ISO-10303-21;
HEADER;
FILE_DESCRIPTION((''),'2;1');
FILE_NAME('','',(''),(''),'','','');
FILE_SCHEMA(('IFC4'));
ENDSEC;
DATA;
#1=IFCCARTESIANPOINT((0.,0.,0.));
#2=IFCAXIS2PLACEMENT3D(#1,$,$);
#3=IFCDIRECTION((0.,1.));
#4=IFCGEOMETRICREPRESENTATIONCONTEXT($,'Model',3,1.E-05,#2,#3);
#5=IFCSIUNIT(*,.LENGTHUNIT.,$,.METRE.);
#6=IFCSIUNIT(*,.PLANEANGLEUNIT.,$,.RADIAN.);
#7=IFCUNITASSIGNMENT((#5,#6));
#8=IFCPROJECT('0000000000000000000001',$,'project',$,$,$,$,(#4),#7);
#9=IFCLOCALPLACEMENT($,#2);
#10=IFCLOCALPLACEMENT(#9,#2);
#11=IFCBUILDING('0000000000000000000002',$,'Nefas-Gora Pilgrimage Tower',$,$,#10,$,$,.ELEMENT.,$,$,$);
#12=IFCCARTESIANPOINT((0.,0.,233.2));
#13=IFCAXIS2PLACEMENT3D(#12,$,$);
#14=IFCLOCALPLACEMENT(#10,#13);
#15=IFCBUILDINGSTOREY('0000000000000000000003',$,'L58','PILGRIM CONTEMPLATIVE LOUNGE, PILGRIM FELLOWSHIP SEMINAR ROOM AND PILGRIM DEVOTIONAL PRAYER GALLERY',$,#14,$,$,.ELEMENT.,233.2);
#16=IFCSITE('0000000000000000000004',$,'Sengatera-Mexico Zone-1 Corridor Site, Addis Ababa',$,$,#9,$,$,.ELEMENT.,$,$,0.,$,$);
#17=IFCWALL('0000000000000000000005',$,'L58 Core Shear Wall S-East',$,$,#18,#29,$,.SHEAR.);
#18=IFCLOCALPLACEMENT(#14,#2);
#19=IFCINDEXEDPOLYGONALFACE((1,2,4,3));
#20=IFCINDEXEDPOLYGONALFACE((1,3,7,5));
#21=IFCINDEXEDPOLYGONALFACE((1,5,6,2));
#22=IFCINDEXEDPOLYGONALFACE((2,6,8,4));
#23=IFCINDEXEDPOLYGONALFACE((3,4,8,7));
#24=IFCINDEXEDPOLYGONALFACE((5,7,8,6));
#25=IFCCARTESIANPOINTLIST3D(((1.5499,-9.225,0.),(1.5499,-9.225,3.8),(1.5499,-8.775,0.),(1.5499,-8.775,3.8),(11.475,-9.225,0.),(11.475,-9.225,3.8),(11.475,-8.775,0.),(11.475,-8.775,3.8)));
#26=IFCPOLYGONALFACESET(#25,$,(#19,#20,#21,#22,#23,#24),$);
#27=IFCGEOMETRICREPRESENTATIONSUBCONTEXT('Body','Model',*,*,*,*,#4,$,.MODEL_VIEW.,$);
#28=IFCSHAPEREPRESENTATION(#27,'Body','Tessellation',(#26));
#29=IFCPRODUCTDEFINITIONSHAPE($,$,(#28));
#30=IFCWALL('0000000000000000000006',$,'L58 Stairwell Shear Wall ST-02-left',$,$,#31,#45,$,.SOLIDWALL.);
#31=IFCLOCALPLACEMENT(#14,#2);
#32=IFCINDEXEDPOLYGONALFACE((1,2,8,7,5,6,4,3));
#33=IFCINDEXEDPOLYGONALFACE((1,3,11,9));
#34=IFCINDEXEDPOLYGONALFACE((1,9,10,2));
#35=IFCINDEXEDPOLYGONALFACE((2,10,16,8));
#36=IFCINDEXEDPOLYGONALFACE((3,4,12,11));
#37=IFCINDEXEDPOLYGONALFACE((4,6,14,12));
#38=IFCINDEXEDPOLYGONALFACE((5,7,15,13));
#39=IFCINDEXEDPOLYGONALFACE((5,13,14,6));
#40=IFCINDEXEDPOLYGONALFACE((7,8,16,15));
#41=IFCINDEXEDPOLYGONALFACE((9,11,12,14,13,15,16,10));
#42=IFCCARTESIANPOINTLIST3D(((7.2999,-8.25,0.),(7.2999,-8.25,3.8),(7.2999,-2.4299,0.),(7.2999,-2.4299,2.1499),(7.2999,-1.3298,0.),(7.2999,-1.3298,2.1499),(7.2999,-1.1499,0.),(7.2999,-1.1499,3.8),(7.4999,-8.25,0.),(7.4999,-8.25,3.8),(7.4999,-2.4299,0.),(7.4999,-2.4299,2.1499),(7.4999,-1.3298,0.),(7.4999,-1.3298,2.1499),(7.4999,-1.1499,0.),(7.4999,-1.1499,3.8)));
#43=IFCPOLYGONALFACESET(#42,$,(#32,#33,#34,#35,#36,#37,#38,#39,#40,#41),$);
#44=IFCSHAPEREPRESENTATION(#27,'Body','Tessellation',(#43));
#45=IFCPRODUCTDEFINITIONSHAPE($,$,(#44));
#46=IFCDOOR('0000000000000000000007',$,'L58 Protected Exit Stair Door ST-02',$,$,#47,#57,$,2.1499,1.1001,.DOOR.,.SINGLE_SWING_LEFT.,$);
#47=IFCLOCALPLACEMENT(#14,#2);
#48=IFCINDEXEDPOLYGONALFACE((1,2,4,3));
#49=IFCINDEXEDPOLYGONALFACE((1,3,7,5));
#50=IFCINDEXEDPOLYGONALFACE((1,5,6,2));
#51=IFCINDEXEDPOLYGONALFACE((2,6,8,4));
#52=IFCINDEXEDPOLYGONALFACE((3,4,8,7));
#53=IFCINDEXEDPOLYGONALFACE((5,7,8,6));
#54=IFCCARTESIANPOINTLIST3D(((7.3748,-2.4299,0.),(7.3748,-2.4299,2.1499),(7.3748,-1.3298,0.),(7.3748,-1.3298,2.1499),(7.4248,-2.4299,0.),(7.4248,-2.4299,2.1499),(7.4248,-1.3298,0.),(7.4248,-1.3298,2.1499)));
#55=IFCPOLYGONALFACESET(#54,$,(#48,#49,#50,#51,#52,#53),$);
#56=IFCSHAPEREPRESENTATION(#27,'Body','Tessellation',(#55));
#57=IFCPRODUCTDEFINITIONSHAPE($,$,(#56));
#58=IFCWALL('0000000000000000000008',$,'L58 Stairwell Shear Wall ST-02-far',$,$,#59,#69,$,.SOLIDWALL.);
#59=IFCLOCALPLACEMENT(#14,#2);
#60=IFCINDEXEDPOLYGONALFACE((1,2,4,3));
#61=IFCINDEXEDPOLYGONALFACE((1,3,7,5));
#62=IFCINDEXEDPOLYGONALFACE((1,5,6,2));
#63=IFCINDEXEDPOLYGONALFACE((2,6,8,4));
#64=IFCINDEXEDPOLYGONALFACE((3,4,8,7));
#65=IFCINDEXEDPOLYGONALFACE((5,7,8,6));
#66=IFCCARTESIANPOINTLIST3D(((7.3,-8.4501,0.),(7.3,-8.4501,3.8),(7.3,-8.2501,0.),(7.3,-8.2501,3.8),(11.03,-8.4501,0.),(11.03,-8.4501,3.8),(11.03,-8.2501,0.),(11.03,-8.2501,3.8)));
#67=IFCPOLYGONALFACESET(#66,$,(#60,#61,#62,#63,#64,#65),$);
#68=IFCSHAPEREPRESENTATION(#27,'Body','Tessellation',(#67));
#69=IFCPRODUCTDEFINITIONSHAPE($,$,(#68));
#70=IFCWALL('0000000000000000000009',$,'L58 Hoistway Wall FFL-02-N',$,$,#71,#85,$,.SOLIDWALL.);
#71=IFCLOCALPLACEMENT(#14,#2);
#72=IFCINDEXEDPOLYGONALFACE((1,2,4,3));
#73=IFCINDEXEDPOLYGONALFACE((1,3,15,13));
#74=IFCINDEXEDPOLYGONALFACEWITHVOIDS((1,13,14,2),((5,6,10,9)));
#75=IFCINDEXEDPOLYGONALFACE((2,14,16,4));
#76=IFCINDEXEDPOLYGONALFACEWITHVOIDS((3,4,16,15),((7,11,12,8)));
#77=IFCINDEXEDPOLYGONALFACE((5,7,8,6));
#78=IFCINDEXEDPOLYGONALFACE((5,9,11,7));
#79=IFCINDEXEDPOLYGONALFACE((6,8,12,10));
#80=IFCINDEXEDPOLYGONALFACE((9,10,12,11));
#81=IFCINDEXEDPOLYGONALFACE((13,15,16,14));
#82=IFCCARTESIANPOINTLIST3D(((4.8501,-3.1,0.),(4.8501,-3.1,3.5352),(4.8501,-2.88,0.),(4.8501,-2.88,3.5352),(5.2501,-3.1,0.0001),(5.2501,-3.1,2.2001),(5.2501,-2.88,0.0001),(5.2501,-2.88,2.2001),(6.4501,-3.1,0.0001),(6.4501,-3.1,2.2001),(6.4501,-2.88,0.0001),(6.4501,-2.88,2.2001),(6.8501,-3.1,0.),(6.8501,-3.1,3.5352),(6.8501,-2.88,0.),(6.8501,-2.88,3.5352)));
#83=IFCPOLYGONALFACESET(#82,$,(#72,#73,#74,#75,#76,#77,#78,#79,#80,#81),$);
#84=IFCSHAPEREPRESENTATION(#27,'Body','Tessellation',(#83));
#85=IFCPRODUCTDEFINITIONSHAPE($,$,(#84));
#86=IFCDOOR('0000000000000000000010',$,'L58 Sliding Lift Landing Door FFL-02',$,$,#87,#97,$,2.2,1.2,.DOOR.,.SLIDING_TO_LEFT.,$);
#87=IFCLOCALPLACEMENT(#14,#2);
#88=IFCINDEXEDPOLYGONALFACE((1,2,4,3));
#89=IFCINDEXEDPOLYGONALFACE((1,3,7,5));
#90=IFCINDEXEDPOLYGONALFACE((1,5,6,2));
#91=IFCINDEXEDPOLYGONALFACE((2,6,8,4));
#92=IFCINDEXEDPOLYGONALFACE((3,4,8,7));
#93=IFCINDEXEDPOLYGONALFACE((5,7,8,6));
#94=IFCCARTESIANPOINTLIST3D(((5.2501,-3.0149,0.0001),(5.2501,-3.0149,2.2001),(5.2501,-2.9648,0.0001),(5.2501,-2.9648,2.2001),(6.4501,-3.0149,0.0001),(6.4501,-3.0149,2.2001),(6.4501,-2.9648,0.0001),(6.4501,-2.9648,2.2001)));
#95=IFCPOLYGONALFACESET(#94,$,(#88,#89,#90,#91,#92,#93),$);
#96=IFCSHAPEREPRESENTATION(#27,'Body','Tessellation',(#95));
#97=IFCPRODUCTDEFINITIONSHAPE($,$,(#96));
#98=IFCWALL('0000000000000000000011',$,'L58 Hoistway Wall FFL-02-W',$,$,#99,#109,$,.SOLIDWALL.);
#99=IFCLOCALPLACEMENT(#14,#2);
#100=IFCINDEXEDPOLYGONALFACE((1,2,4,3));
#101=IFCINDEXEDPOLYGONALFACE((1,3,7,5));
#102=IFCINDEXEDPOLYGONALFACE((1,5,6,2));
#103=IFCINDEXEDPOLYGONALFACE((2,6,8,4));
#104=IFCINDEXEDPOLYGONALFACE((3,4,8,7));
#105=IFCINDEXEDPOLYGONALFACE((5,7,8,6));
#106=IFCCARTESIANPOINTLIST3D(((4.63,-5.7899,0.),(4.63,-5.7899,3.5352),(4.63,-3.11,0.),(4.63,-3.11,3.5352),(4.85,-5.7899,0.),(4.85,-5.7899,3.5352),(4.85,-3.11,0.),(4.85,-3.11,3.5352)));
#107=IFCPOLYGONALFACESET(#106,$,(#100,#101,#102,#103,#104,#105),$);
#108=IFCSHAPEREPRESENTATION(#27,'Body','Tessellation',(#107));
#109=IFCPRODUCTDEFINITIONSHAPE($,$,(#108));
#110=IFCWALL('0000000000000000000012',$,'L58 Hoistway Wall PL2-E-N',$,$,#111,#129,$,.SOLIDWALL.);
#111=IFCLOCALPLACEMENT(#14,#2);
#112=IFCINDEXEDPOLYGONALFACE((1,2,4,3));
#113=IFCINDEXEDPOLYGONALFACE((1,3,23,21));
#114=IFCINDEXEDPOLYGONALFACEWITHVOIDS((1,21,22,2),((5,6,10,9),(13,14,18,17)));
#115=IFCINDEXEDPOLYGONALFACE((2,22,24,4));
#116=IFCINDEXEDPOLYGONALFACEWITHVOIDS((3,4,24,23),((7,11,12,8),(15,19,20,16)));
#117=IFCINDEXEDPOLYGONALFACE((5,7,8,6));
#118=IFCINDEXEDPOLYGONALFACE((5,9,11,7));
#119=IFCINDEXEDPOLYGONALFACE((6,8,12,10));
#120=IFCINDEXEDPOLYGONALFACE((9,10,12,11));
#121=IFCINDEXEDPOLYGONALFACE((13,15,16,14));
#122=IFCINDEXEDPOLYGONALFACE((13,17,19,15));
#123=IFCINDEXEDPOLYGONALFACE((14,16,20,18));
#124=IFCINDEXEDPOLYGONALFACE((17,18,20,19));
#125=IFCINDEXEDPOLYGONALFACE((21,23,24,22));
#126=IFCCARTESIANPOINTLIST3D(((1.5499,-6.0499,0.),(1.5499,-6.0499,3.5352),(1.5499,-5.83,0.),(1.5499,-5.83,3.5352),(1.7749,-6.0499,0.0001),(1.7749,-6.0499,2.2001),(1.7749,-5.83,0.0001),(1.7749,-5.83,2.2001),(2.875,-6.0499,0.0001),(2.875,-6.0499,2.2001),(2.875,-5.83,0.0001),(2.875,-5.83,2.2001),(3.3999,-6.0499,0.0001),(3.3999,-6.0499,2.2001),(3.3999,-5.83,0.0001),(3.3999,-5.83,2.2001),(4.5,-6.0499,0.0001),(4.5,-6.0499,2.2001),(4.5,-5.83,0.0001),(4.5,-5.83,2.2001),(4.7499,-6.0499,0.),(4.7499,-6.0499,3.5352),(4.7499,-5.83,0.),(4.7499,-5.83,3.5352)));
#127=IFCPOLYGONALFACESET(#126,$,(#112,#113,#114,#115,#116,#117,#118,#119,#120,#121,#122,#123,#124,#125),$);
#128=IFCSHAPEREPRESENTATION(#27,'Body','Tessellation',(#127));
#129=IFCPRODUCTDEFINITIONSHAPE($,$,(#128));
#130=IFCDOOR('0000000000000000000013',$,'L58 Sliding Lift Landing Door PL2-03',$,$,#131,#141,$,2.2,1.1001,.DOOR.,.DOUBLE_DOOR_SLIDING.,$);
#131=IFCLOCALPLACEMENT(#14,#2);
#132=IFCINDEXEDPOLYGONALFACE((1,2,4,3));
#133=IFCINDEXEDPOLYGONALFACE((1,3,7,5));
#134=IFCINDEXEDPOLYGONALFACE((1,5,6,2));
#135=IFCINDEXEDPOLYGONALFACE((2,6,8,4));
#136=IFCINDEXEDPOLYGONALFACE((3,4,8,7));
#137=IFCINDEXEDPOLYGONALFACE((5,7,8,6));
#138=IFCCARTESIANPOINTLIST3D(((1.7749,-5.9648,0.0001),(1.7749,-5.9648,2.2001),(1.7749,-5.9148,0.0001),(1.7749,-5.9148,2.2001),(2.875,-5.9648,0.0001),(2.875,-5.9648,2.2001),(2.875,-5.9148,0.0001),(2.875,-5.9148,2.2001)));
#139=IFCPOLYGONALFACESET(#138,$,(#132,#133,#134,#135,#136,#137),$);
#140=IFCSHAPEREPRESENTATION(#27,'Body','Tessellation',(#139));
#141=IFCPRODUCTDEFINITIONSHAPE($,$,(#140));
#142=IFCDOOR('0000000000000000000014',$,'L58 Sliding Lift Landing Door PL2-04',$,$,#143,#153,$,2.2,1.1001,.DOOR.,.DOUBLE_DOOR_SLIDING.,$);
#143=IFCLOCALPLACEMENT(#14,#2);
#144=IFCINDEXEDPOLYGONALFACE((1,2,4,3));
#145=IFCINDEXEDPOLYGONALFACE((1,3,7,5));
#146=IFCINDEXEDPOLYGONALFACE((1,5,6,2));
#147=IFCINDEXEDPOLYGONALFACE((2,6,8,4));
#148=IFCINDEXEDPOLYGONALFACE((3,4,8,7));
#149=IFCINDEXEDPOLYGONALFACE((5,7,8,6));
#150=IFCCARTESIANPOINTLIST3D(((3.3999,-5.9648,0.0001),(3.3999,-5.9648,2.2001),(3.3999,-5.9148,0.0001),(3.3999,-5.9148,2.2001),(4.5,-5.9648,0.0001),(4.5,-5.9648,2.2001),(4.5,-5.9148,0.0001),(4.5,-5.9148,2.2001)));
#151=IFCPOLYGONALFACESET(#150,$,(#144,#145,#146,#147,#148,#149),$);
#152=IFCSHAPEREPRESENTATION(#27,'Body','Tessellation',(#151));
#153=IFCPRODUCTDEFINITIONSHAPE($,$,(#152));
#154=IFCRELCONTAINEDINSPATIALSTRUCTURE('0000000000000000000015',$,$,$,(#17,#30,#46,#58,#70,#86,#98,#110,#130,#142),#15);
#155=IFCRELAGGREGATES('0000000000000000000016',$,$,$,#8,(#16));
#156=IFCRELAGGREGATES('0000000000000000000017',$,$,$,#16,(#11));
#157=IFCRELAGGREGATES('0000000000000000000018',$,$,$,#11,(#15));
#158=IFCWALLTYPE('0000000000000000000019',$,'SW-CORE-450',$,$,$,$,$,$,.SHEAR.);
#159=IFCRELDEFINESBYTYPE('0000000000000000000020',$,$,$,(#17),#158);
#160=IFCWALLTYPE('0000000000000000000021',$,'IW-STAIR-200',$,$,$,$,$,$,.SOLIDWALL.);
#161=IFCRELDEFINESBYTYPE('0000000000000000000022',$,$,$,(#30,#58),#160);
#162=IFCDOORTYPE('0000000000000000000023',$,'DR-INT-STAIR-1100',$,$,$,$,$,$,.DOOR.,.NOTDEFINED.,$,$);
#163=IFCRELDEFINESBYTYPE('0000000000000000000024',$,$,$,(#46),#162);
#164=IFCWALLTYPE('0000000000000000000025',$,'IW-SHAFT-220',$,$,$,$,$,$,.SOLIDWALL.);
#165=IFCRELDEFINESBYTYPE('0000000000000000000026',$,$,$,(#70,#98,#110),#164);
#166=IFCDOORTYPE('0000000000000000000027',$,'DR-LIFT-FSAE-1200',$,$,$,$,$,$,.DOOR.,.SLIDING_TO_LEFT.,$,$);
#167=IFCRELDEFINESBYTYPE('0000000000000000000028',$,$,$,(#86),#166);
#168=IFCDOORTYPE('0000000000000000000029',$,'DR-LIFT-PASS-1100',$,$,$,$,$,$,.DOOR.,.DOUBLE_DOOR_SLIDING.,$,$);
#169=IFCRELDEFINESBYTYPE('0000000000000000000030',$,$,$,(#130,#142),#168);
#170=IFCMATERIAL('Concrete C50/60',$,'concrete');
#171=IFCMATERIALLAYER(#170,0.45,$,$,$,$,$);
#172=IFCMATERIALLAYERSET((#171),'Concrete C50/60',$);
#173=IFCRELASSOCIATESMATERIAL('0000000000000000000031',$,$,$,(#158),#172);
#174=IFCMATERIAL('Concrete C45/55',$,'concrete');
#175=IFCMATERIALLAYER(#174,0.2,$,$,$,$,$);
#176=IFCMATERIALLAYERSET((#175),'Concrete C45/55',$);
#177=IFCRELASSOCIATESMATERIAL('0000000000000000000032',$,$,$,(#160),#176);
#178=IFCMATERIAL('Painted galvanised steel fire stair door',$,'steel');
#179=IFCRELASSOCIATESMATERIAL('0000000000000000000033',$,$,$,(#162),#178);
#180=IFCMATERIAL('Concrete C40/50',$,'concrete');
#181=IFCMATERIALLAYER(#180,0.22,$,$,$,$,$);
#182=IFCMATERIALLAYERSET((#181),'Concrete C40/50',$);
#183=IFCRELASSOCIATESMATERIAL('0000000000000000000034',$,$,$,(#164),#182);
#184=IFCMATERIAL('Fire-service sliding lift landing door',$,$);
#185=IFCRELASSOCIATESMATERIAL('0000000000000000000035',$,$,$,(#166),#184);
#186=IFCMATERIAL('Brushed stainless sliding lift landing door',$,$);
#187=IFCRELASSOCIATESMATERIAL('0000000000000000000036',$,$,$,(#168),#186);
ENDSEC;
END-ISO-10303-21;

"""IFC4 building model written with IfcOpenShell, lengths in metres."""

from ifc_helpers import new_model, si_unit, direction, frame, frame_2d, origin, place, context, subcontext, project, spatial, rectangle, extrude, source, transform, mapped, material, layer, layer_set, type_object, element, fill, save


model = new_model("IFC4")

# Units and contexts
model_context = context("Model", 3, precision=1e-05, world=origin(), true_north=direction((0.0, 1.0)))
body_context = subcontext(model_context, "Body", "Model", "MODEL_VIEW")
ifc_project = project(units=[si_unit("LENGTHUNIT", "METRE"), si_unit("PLANEANGLEUNIT", "RADIAN")], contexts=[model_context])

# Site, building, storey
site_placement = place(None, origin())
site = spatial("IfcSite", under=ifc_project, at=site_placement, Name="Sengatera-Mexico Zone-1 Corridor Site, Addis Ababa", CompositionType="ELEMENT", RefElevation=0.0)
building_placement = place(site_placement, origin())
building = spatial("IfcBuilding", under=site, at=building_placement, Name="Nefas-Gora Pilgrimage Tower", CompositionType="ELEMENT")
storey_placement = place(building_placement, frame((0.0, 0.0, 233.2)))
storey = spatial("IfcBuildingStorey", under=building, at=storey_placement, Name="L58", Description="PILGRIM CONTEMPLATIVE LOUNGE, PILGRIM FELLOWSHIP SEMINAR ROOM AND PILGRIM DEVOTIONAL PRAYER GALLERY", CompositionType="ELEMENT", Elevation=233.2)

# Wall
ifc_material_1 = material(Name="Concrete C50/60", Category="concrete")
ifc_layer_1 = layer(ifc_material_1, 0.45)
ifc_layer_set_1 = layer_set([ifc_layer_1], Name="Concrete C50/60")
wall_type_1 = type_object("IfcWallType", Name="SW-CORE-450", PredefinedType="SHEAR", material=ifc_layer_set_1)
shared_shape_1 = source(origin(), body_context, "Body", "SweptSolid", [
    extrude(rectangle(XDim=9.925, YDim=0.45, at=frame_2d((4.9624, 0.0))), origin(), (0.0, 0.0, 1.0), 3.8),
])
wall_1_placement = place(storey_placement, frame((1.55, -9.0, 0.0), z_axis=(0.0, 0.0, 1.0), x_axis=(1.0, 0.0, 0.0)))
element("IfcWall", 1, at=wall_1_placement, inside=storey, type_object=wall_type_1, Name="L58 Core Shear Wall S-East", PredefinedType="SHEAR", context=body_context, shape_type="MappedRepresentation", body=[
    mapped(shared_shape_1, transform((0.0, 0.0, 0.0), x_axis=(1.0, 0.0, 0.0), y_axis=(0.0, 1.0, 0.0), z_axis=(0.0, 0.0, 1.0), scale=1.0)),
])

# Wall, opening, door
ifc_material_2 = material(Name="Concrete C45/55", Category="concrete")
ifc_layer_2 = layer(ifc_material_2, 0.2)
ifc_layer_set_2 = layer_set([ifc_layer_2], Name="Concrete C45/55")
wall_type_2 = type_object("IfcWallType", Name="IW-STAIR-200", PredefinedType="SOLIDWALL", material=ifc_layer_set_2)
shared_shape_2 = source(origin(), body_context, "Body", "SweptSolid", [
    extrude(rectangle(XDim=7.1001, YDim=0.2, at=frame_2d((3.55, 0.0))), origin(), (0.0, 0.0, 1.0), 3.8),
])
wall_2_placement = place(storey_placement, frame((7.3999, -1.1499, 0.0), z_axis=(0.0, 0.0, 1.0), x_axis=(0.0, -1.0, 0.0)))
wall_2 = element("IfcWall", 2, at=wall_2_placement, inside=storey, type_object=wall_type_2, Name="L58 Stairwell Shear Wall ST-02-left", PredefinedType="SOLIDWALL", context=body_context, shape_type="MappedRepresentation", body=[
    mapped(shared_shape_2, transform((0.0, 0.0, 0.0), x_axis=(1.0, 0.0, 0.0), y_axis=(0.0, 1.0, 0.0), z_axis=(0.0, 0.0, 1.0), scale=1.0)),
])
opening_1_placement = place(wall_2_placement, frame((0.1799, 0.0, 0.0)))
opening_1 = element("IfcOpeningElement", 3, at=opening_1_placement, cuts=wall_2, PredefinedType="OPENING", context=body_context, shape_type="SweptSolid", body=[
    extrude(rectangle(XDim=1.1001, YDim=2.1499, at=frame_2d((0.55, 1.075))), frame((0.0, 0.1099, 0.0), z_axis=(0.0, -1.0, 0.0), x_axis=(1.0, 0.0, 0.0)), (0.0, 0.0, 1.0), 0.22),
])
ifc_material_3 = material(Name="Painted galvanised steel fire stair door", Category="steel")
door_type_1 = type_object("IfcDoorType", Name="DR-INT-STAIR-1100", OperationType="NOTDEFINED", PredefinedType="DOOR", material=ifc_material_3)
shared_shape_3 = source(origin(), body_context, "Body", "SweptSolid", [
    extrude(rectangle(XDim=1.1001, YDim=2.1499, at=frame_2d((0.55, 1.075))), frame((0.0, 0.0249, 0.0), z_axis=(0.0, -1.0, 0.0), x_axis=(1.0, 0.0, 0.0)), (0.0, 0.0, 1.0), 0.05),
])
door_1_placement = place(opening_1_placement, origin())
door_1 = element("IfcDoor", 4, at=door_1_placement, inside=storey, type_object=door_type_1, Name="L58 Protected Exit Stair Door ST-02", OperationType="SINGLE_SWING_LEFT", OverallHeight=2.1499, OverallWidth=1.1001, PredefinedType="DOOR", context=body_context, shape_type="MappedRepresentation", body=[
    mapped(shared_shape_3, transform((0.0, 0.0, 0.0), x_axis=(1.0, 0.0, 0.0), y_axis=(0.0, 1.0, 0.0), z_axis=(0.0, 0.0, 1.0), scale=1.0)),
])
fill(opening_1, door_1)

# Wall
shared_shape_4 = source(origin(), body_context, "Body", "SweptSolid", [
    extrude(rectangle(XDim=3.73, YDim=0.2, at=frame_2d((1.865, 0.0))), origin(), (0.0, 0.0, 1.0), 3.8),
])
wall_3_placement = place(storey_placement, frame((7.3, -8.3501, 0.0), z_axis=(0.0, 0.0, 1.0), x_axis=(1.0, 0.0, 0.0)))
element("IfcWall", 5, at=wall_3_placement, inside=storey, type_object=wall_type_2, Name="L58 Stairwell Shear Wall ST-02-far", PredefinedType="SOLIDWALL", context=body_context, shape_type="MappedRepresentation", body=[
    mapped(shared_shape_4, transform((0.0, 0.0, 0.0), x_axis=(1.0, 0.0, 0.0), y_axis=(0.0, 1.0, 0.0), z_axis=(0.0, 0.0, 1.0), scale=1.0)),
])

# Wall, opening, door
ifc_material_4 = material(Name="Concrete C40/50", Category="concrete")
ifc_layer_3 = layer(ifc_material_4, 0.22)
ifc_layer_set_3 = layer_set([ifc_layer_3], Name="Concrete C40/50")
wall_type_3 = type_object("IfcWallType", Name="IW-SHAFT-220", PredefinedType="SOLIDWALL", material=ifc_layer_set_3)
shared_shape_5 = source(origin(), body_context, "Body", "SweptSolid", [
    extrude(rectangle(XDim=2.0, YDim=0.22, at=frame_2d((1.0, 0.0))), origin(), (0.0, 0.0, 1.0), 3.5352),
])
wall_4_placement = place(storey_placement, frame((6.8501, -2.99, 0.0), z_axis=(0.0, 0.0, 1.0), x_axis=(-1.0, 0.0, 0.0)))
wall_4 = element("IfcWall", 6, at=wall_4_placement, inside=storey, type_object=wall_type_3, Name="L58 Hoistway Wall FFL-02-N", PredefinedType="SOLIDWALL", context=body_context, shape_type="MappedRepresentation", body=[
    mapped(shared_shape_5, transform((0.0, 0.0, 0.0), x_axis=(1.0, 0.0, 0.0), y_axis=(0.0, 1.0, 0.0), z_axis=(0.0, 0.0, 1.0), scale=1.0)),
])
opening_2_placement = place(wall_4_placement, frame((0.3999, 0.0, 0.0)))
opening_2 = element("IfcOpeningElement", 7, at=opening_2_placement, cuts=wall_4, PredefinedType="OPENING", context=body_context, shape_type="SweptSolid", body=[
    extrude(rectangle(XDim=1.2, YDim=2.2, at=frame_2d((0.6001, 1.1001))), frame((0.0, 0.1199, 0.0), z_axis=(0.0, -1.0, 0.0), x_axis=(1.0, 0.0, 0.0)), (0.0, 0.0, 1.0), 0.24),
])
ifc_material_5 = material(Name="Fire-service sliding lift landing door")
door_type_2 = type_object("IfcDoorType", Name="DR-LIFT-FSAE-1200", OperationType="SLIDING_TO_LEFT", PredefinedType="DOOR", material=ifc_material_5)
shared_shape_6 = source(origin(), body_context, "Body", "SweptSolid", [
    extrude(rectangle(XDim=1.2, YDim=2.2, at=frame_2d((0.6001, 1.1001))), frame((0.0, 0.0249, 0.0), z_axis=(0.0, -1.0, 0.0), x_axis=(1.0, 0.0, 0.0)), (0.0, 0.0, 1.0), 0.05),
])
door_2_placement = place(opening_2_placement, origin())
door_2 = element("IfcDoor", 8, at=door_2_placement, inside=storey, type_object=door_type_2, Name="L58 Sliding Lift Landing Door FFL-02", OperationType="SLIDING_TO_LEFT", OverallHeight=2.2, OverallWidth=1.2, PredefinedType="DOOR", context=body_context, shape_type="MappedRepresentation", body=[
    mapped(shared_shape_6, transform((0.0, 0.0, 0.0), x_axis=(1.0, 0.0, 0.0), y_axis=(0.0, 1.0, 0.0), z_axis=(0.0, 0.0, 1.0), scale=1.0)),
])
fill(opening_2, door_2)

# Wall
shared_shape_7 = source(origin(), body_context, "Body", "SweptSolid", [
    extrude(rectangle(XDim=2.6799, YDim=0.22, at=frame_2d((1.3398, 0.0))), origin(), (0.0, 0.0, 1.0), 3.5352),
])
wall_5_placement = place(storey_placement, frame((4.74, -3.1101, 0.0), z_axis=(0.0, 0.0, 1.0), x_axis=(0.0, -1.0, 0.0)))
element("IfcWall", 9, at=wall_5_placement, inside=storey, type_object=wall_type_3, Name="L58 Hoistway Wall FFL-02-W", PredefinedType="SOLIDWALL", context=body_context, shape_type="MappedRepresentation", body=[
    mapped(shared_shape_7, transform((0.0, 0.0, 0.0), x_axis=(1.0, 0.0, 0.0), y_axis=(0.0, 1.0, 0.0), z_axis=(0.0, 0.0, 1.0), scale=1.0)),
])

# Wall, openings, doors
shared_shape_8 = source(origin(), body_context, "Body", "SweptSolid", [
    extrude(rectangle(XDim=3.2, YDim=0.22, at=frame_2d((1.6001, 0.0))), origin(), (0.0, 0.0, 1.0), 3.5352),
])
wall_6_placement = place(storey_placement, frame((4.75, -5.9399, 0.0), z_axis=(0.0, 0.0, 1.0), x_axis=(-1.0, 0.0, 0.0)))
wall_6 = element("IfcWall", 10, at=wall_6_placement, inside=storey, type_object=wall_type_3, Name="L58 Hoistway Wall PL2-E-N", PredefinedType="SOLIDWALL", context=body_context, shape_type="MappedRepresentation", body=[
    mapped(shared_shape_8, transform((0.0, 0.0, 0.0), x_axis=(1.0, 0.0, 0.0), y_axis=(0.0, 1.0, 0.0), z_axis=(0.0, 0.0, 1.0), scale=1.0)),
])
opening_3_placement = place(wall_6_placement, frame((1.875, 0.0, 0.0)))
opening_3 = element("IfcOpeningElement", 11, at=opening_3_placement, cuts=wall_6, PredefinedType="OPENING", context=body_context, shape_type="SweptSolid", body=[
    extrude(rectangle(XDim=1.1001, YDim=2.2, at=frame_2d((0.55, 1.1001))), frame((0.0, 0.1199, 0.0), z_axis=(0.0, -1.0, 0.0), x_axis=(1.0, 0.0, 0.0)), (0.0, 0.0, 1.0), 0.24),
])
opening_4_placement = place(wall_6_placement, frame((0.25, 0.0, 0.0)))
opening_4 = element("IfcOpeningElement", 12, at=opening_4_placement, cuts=wall_6, PredefinedType="OPENING", context=body_context, shape_type="SweptSolid", body=[
    extrude(rectangle(XDim=1.1001, YDim=2.2, at=frame_2d((0.55, 1.1001))), frame((0.0, 0.1199, 0.0), z_axis=(0.0, -1.0, 0.0), x_axis=(1.0, 0.0, 0.0)), (0.0, 0.0, 1.0), 0.24),
])
ifc_material_6 = material(Name="Brushed stainless sliding lift landing door")
door_type_3 = type_object("IfcDoorType", Name="DR-LIFT-PASS-1100", OperationType="DOUBLE_DOOR_SLIDING", PredefinedType="DOOR", material=ifc_material_6)
shared_shape_9 = source(origin(), body_context, "Body", "SweptSolid", [
    extrude(rectangle(XDim=1.1001, YDim=2.2, at=frame_2d((0.55, 1.1001))), frame((0.0, 0.0249, 0.0), z_axis=(0.0, -1.0, 0.0), x_axis=(1.0, 0.0, 0.0)), (0.0, 0.0, 1.0), 0.05),
])
door_3_placement = place(opening_3_placement, origin())
door_3 = element("IfcDoor", 13, at=door_3_placement, inside=storey, type_object=door_type_3, Name="L58 Sliding Lift Landing Door PL2-03", OperationType="DOUBLE_DOOR_SLIDING", OverallHeight=2.2, OverallWidth=1.1001, PredefinedType="DOOR", context=body_context, shape_type="MappedRepresentation", body=[
    mapped(shared_shape_9, transform((0.0, 0.0, 0.0), x_axis=(1.0, 0.0, 0.0), y_axis=(0.0, 1.0, 0.0), z_axis=(0.0, 0.0, 1.0), scale=1.0)),
])
fill(opening_3, door_3)
door_4_placement = place(opening_4_placement, origin())
door_4 = element("IfcDoor", 14, at=door_4_placement, inside=storey, type_object=door_type_3, Name="L58 Sliding Lift Landing Door PL2-04", OperationType="DOUBLE_DOOR_SLIDING", OverallHeight=2.2, OverallWidth=1.1001, PredefinedType="DOOR", context=body_context, shape_type="MappedRepresentation", body=[
    mapped(shared_shape_9, transform((0.0, 0.0, 0.0), x_axis=(1.0, 0.0, 0.0), y_axis=(0.0, 1.0, 0.0), z_axis=(0.0, 0.0, 1.0), scale=1.0)),
])
fill(opening_4, door_4)

save(model, "model.ifc")
